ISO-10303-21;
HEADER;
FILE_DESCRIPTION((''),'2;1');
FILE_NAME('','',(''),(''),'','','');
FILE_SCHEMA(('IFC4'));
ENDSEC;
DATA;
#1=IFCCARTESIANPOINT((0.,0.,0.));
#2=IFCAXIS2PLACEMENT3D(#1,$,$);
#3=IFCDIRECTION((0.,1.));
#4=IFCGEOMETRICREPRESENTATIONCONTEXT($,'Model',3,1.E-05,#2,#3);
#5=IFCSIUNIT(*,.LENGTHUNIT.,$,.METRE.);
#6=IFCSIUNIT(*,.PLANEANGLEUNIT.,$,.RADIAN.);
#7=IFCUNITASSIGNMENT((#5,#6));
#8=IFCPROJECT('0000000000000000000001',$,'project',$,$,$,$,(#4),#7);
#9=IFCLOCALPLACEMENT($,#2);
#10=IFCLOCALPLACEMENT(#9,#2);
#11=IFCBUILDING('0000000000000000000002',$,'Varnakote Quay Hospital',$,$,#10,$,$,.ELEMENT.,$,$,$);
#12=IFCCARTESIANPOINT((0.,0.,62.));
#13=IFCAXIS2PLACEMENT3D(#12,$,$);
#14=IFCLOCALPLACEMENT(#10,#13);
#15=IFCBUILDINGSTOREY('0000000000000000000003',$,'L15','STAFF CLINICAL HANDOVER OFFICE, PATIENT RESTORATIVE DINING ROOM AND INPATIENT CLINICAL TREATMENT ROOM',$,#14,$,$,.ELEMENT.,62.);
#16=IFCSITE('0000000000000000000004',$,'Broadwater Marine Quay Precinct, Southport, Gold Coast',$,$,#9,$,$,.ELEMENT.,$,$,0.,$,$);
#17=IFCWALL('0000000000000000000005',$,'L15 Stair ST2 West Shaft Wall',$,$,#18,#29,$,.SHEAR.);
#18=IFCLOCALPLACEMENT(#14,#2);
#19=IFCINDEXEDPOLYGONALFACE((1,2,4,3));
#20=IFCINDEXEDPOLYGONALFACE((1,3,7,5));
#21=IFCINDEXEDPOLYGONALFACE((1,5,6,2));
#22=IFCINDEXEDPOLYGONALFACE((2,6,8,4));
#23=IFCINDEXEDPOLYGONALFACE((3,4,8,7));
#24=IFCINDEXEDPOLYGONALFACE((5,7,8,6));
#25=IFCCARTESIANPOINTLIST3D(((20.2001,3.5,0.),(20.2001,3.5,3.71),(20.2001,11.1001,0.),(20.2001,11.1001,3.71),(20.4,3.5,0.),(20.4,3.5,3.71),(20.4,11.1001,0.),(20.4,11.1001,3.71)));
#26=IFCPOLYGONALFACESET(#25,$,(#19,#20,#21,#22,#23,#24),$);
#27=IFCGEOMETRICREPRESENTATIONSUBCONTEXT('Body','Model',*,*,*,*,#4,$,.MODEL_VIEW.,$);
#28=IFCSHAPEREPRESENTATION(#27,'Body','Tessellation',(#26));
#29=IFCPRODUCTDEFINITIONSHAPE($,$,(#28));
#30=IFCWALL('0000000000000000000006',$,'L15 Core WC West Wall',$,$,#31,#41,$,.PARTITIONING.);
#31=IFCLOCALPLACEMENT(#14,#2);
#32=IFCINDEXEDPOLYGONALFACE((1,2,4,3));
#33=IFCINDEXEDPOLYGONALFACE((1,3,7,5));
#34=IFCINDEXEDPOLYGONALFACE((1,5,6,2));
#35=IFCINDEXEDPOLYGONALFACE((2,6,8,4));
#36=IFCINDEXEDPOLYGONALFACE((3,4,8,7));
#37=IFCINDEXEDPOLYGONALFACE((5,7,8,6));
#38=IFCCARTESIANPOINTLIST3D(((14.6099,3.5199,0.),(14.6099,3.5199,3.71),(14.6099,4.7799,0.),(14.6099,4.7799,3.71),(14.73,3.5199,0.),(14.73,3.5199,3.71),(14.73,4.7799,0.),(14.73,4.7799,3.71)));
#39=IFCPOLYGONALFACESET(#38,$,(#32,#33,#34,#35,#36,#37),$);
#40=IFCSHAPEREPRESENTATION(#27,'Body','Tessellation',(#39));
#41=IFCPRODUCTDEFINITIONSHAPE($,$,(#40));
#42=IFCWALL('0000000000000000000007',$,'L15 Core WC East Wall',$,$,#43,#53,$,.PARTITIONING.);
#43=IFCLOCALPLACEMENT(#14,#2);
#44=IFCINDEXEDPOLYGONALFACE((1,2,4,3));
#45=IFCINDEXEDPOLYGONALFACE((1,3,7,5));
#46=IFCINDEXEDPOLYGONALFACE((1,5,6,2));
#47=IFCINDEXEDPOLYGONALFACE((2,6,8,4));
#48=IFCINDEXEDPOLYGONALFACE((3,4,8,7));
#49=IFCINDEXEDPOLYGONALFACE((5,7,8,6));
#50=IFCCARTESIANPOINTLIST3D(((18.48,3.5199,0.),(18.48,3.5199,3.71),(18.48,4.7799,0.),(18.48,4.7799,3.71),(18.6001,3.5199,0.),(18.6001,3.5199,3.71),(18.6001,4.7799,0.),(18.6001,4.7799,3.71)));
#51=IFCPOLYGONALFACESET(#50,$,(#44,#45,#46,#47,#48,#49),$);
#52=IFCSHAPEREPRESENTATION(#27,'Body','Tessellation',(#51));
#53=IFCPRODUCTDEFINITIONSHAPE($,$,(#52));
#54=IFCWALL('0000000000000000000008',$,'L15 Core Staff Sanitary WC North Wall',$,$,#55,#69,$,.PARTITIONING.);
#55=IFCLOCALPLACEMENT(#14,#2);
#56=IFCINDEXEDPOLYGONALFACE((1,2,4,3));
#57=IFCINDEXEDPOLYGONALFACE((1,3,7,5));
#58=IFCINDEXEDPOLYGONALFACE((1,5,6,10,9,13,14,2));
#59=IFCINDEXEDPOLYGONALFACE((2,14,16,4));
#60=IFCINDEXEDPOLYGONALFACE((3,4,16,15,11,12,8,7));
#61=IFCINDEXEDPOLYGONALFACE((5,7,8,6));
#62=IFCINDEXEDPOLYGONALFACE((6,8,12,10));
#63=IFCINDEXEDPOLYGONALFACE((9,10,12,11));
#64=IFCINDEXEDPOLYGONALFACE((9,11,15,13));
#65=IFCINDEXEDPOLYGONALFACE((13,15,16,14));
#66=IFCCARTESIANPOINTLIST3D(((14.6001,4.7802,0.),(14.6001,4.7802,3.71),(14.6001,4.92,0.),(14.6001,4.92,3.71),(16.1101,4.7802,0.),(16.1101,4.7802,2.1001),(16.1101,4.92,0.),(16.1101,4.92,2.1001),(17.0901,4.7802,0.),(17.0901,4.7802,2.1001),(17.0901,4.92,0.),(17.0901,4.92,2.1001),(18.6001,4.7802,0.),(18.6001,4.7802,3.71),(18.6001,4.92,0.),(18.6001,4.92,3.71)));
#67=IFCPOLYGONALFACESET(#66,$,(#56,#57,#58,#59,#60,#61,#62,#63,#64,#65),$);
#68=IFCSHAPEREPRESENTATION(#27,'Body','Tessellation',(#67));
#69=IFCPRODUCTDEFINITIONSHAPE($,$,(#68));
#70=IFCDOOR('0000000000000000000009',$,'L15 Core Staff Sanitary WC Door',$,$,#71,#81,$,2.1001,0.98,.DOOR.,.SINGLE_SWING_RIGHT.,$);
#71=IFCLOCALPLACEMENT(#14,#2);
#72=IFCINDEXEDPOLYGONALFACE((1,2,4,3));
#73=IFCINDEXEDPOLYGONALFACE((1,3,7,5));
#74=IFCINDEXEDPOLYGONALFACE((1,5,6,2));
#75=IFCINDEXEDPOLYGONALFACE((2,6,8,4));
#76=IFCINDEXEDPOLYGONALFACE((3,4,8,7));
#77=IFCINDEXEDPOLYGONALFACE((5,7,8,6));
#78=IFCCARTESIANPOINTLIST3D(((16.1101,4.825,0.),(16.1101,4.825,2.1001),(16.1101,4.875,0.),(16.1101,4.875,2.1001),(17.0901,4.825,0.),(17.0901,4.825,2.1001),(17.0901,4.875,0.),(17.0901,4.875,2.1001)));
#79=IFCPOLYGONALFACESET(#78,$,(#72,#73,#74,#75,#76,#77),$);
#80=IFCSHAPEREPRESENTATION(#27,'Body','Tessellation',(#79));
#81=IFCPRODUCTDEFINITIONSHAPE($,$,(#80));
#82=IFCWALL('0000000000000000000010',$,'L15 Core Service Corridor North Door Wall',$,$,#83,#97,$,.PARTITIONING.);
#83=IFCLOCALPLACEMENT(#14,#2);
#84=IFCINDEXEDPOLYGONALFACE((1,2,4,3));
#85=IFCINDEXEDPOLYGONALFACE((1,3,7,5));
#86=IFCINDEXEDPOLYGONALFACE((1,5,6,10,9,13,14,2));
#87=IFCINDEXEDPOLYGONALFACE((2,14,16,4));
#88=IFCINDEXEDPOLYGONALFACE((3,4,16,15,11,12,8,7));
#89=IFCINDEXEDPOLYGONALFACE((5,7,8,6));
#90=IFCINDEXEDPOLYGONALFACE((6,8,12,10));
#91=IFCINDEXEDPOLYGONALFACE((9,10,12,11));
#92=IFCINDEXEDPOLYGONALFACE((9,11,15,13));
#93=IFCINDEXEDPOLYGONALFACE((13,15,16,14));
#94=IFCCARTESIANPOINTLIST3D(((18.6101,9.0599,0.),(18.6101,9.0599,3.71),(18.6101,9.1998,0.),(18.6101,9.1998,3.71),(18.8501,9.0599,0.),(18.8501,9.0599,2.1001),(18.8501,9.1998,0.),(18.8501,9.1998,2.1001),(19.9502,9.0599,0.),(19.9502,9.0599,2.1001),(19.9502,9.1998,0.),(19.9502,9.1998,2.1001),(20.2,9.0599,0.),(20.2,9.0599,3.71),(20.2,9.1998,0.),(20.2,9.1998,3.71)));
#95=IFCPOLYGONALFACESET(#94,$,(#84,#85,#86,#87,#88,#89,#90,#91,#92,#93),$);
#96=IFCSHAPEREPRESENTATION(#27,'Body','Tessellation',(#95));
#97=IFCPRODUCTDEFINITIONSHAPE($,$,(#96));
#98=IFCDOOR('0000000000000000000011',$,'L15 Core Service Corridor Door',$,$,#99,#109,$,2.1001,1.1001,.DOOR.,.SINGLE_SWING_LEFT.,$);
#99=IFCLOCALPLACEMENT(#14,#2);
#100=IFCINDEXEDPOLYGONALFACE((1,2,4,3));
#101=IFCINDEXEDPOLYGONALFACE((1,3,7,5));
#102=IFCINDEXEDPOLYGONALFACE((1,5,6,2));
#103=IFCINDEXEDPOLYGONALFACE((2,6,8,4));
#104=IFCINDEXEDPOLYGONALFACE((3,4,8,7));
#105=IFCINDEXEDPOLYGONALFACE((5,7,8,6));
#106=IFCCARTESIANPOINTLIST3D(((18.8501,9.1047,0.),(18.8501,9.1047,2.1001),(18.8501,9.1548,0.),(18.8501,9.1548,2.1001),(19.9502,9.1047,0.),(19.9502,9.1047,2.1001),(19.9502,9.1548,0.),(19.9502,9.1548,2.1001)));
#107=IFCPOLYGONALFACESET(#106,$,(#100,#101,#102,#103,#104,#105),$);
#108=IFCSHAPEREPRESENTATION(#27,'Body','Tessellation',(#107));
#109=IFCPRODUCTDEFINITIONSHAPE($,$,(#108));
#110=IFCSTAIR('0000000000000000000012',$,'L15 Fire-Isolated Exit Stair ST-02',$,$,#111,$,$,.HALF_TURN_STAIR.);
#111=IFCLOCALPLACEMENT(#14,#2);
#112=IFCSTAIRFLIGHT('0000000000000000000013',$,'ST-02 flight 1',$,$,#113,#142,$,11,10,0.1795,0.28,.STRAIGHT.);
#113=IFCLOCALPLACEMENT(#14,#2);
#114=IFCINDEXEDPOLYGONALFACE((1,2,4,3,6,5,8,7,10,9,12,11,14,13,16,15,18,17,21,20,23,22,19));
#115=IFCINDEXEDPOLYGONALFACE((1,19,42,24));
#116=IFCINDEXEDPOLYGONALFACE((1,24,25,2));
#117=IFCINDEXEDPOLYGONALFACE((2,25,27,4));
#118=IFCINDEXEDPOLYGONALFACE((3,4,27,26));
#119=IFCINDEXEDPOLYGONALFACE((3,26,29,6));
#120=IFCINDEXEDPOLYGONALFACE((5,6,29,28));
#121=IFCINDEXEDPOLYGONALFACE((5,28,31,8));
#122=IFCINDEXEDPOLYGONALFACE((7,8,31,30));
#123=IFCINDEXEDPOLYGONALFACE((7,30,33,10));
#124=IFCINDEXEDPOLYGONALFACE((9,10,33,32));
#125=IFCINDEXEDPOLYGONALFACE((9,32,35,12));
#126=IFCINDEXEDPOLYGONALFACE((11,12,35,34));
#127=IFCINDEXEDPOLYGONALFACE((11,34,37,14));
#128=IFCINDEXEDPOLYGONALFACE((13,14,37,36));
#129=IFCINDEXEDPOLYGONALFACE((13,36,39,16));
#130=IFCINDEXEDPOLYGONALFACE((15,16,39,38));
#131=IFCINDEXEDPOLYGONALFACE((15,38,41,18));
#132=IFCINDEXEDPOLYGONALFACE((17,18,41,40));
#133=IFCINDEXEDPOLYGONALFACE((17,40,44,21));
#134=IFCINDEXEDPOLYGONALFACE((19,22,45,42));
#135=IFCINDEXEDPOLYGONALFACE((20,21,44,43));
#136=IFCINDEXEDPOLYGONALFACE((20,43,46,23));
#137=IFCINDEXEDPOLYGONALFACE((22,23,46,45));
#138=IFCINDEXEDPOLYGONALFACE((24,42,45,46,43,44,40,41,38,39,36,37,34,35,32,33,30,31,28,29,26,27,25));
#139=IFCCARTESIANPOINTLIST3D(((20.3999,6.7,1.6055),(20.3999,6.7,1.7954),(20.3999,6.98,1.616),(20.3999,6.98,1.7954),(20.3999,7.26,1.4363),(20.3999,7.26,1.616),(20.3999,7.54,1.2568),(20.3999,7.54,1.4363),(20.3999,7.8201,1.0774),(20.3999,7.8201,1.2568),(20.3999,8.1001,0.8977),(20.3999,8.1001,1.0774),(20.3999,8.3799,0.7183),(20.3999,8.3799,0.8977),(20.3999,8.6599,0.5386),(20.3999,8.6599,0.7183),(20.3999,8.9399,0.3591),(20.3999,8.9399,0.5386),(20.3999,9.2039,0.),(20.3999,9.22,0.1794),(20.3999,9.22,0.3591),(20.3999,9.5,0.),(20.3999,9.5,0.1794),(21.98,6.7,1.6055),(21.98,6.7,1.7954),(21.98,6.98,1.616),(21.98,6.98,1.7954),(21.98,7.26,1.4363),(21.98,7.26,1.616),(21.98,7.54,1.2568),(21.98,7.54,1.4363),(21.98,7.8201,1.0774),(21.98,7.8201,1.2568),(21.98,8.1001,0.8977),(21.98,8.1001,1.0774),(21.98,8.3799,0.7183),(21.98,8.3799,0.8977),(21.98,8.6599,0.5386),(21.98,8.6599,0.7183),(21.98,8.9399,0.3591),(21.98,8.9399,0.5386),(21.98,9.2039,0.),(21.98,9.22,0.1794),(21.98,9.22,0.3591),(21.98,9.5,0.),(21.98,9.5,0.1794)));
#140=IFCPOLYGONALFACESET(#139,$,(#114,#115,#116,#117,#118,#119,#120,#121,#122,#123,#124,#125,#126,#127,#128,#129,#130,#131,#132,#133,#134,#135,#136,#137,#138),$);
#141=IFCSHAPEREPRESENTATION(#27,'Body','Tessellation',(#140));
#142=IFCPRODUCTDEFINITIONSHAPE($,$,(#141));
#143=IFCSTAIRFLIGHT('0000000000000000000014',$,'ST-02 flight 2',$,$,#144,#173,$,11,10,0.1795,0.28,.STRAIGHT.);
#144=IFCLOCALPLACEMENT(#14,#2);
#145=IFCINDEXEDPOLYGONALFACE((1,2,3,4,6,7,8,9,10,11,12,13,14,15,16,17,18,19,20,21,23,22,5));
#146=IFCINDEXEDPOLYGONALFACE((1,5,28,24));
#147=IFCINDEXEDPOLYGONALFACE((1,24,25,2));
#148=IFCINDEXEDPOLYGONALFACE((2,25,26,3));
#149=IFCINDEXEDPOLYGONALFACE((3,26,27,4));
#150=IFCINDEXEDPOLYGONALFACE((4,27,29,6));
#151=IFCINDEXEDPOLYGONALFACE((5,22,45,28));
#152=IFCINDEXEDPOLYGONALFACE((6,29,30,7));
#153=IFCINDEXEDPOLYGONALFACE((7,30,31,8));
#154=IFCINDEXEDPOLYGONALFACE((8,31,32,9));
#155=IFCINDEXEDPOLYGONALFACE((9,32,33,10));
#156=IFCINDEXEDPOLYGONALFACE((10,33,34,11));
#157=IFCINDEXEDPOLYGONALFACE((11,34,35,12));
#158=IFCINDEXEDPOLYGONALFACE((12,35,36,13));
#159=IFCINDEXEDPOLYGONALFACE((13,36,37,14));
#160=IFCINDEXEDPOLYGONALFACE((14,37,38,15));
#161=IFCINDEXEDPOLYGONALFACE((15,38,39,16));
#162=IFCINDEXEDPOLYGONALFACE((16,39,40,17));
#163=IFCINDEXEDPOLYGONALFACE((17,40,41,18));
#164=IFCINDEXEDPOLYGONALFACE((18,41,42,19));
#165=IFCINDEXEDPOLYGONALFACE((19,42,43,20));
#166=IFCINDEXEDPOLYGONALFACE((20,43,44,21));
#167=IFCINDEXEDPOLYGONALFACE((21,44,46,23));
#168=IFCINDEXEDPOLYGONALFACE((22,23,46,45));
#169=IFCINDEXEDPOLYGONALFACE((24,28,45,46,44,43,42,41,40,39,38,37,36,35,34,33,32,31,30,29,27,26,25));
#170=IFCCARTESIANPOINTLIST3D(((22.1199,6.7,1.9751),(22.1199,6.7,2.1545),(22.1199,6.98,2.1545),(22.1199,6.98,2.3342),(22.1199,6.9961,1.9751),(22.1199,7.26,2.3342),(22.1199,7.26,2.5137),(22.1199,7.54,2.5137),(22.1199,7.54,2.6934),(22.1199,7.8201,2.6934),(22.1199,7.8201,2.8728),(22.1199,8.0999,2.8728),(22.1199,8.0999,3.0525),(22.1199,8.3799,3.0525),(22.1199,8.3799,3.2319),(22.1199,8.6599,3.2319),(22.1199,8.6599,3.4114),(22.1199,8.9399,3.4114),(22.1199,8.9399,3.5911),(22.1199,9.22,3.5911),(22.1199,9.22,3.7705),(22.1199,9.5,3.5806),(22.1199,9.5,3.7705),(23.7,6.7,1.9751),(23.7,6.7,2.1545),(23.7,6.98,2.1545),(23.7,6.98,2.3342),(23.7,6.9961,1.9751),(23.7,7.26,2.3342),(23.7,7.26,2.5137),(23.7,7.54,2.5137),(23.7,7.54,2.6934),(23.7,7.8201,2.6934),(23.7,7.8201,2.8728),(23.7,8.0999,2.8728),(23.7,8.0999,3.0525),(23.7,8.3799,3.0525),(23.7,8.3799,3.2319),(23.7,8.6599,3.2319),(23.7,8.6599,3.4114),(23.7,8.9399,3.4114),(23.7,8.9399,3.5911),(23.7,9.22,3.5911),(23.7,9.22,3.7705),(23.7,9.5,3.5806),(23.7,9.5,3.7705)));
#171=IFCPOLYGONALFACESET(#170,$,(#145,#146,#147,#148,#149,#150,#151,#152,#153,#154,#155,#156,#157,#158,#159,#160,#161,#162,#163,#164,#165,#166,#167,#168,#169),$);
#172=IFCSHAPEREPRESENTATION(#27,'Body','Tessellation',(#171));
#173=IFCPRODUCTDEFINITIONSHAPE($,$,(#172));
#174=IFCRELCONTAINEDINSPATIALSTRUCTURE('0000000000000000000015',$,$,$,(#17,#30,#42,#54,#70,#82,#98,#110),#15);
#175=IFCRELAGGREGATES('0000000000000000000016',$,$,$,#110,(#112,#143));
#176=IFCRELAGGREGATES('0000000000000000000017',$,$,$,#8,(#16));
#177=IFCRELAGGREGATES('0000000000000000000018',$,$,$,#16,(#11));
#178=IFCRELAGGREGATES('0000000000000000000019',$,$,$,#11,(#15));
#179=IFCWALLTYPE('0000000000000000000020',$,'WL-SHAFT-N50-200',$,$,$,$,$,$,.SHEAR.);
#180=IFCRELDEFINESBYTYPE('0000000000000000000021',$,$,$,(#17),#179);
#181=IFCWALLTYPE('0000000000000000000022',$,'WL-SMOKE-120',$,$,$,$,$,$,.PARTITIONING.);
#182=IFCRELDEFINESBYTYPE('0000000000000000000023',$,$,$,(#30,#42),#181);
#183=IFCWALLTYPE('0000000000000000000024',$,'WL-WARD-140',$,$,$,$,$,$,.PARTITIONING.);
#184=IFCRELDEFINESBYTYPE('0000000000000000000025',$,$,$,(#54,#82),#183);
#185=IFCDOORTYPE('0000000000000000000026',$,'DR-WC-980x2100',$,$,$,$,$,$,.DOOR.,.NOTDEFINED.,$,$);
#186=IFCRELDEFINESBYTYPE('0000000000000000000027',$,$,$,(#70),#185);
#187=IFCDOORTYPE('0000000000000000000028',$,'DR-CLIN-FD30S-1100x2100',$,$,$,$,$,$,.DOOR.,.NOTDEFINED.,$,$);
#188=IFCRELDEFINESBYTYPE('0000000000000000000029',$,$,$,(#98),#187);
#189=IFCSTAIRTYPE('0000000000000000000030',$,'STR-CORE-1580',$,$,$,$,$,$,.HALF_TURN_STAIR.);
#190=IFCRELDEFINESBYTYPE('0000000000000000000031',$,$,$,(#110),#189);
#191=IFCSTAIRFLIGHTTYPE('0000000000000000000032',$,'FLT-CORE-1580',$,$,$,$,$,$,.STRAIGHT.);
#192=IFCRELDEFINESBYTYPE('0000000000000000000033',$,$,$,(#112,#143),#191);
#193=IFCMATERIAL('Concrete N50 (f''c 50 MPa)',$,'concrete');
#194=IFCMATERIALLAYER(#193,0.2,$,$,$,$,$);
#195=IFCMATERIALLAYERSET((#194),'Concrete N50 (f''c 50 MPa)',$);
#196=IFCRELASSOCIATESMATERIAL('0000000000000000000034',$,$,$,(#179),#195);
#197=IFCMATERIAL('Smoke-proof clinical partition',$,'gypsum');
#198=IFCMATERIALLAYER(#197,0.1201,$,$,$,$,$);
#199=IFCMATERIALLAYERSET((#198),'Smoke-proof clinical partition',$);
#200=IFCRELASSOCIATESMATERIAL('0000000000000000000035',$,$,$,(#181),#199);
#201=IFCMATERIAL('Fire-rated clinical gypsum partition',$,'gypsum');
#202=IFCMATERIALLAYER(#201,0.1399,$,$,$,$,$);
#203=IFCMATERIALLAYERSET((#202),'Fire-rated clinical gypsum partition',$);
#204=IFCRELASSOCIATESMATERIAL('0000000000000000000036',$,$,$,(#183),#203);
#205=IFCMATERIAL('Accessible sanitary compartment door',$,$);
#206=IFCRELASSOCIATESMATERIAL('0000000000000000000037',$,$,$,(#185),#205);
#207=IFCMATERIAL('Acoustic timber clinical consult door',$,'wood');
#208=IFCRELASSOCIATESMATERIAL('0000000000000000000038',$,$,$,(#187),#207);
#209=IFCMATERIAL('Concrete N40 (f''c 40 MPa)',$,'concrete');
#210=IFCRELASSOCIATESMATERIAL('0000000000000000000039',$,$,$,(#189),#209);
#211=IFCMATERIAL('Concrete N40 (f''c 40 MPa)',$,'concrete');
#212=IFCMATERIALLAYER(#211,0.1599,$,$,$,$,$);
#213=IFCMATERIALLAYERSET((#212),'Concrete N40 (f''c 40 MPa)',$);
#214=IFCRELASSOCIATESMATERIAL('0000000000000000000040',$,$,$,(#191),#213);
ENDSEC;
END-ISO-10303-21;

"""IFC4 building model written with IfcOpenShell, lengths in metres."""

from ifc_helpers import new_model, si_unit, direction, frame, frame_2d, origin, place, context, subcontext, project, spatial, polyline, rectangle, outline, extrude, material, layer, layer_set, type_object, element, fill, aggregate, save


model = new_model("IFC4")

# Units and contexts
model_context = context("Model", 3, precision=1e-05, world=origin(), true_north=direction((0.0, 1.0)))
body_context = subcontext(model_context, "Body", "Model", "MODEL_VIEW")
ifc_project = project(units=[si_unit("LENGTHUNIT", "METRE"), si_unit("PLANEANGLEUNIT", "RADIAN")], contexts=[model_context])

# Site, building, storey
site_placement = place(None, origin())
site = spatial("IfcSite", under=ifc_project, at=site_placement, Name="Broadwater Marine Quay Precinct, Southport, Gold Coast", CompositionType="ELEMENT", RefElevation=0.0)
building_placement = place(site_placement, origin())
building = spatial("IfcBuilding", under=site, at=building_placement, Name="Varnakote Quay Hospital", CompositionType="ELEMENT")
storey_placement = place(building_placement, frame((0.0, 0.0, 62.0)))
storey = spatial("IfcBuildingStorey", under=building, at=storey_placement, Name="L15", Description="STAFF CLINICAL HANDOVER OFFICE, PATIENT RESTORATIVE DINING ROOM AND INPATIENT CLINICAL TREATMENT ROOM", CompositionType="ELEMENT", Elevation=62.0)

# Wall
ifc_material_1 = material(Name="Concrete N50 (f'c 50 MPa)", Category="concrete")
ifc_layer_1 = layer(ifc_material_1, 0.2)
ifc_layer_set_1 = layer_set([ifc_layer_1], Name="Concrete N50 (f'c 50 MPa)")
wall_type_1 = type_object("IfcWallType", Name="WL-SHAFT-N50-200", PredefinedType="SHEAR", material=ifc_layer_set_1)
wall_1_placement = place(storey_placement, frame((20.3, 3.5, 0.0), z_axis=(0.0, 0.0, 1.0), x_axis=(0.0, 1.0, 0.0)))
element("IfcWall", 1, at=wall_1_placement, inside=storey, type_object=wall_type_1, Name="L15 Stair ST2 West Shaft Wall", PredefinedType="SHEAR", context=body_context, shape_type="SweptSolid", body=[
    extrude(rectangle(XDim=7.6001, YDim=0.2, at=frame_2d((3.8, 0.0))), origin(), (0.0, 0.0, 1.0), 3.71),
])

# Walls
ifc_material_2 = material(Name="Smoke-proof clinical partition", Category="gypsum")
ifc_layer_2 = layer(ifc_material_2, 0.1201)
ifc_layer_set_2 = layer_set([ifc_layer_2], Name="Smoke-proof clinical partition")
wall_type_2 = type_object("IfcWallType", Name="WL-SMOKE-120", PredefinedType="PARTITIONING", material=ifc_layer_set_2)
for number, where, z_axis, x_axis, name in (
    (2, (14.6699, 3.52, 0.0), (0.0, 0.0, 1.0), (0.0, 1.0, 0.0), "L15 Core WC West Wall"),
    (3, (18.54, 3.52, 0.0), (0.0, 0.0, 1.0), (0.0, 1.0, 0.0), "L15 Core WC East Wall"),
):
    element("IfcWall", number, at=place(storey_placement, frame(where, z_axis=z_axis, x_axis=x_axis)), inside=storey, type_object=wall_type_2, Name=name, PredefinedType="PARTITIONING", context=body_context, shape_type="SweptSolid", body=[
        extrude(rectangle(XDim=1.26, YDim=0.1201, at=frame_2d((0.6299, 0.0))), origin(), (0.0, 0.0, 1.0), 3.71),
    ])

# Walls, openings, doors
ifc_material_3 = material(Name="Fire-rated clinical gypsum partition", Category="gypsum")
ifc_layer_3 = layer(ifc_material_3, 0.1399)
ifc_layer_set_3 = layer_set([ifc_layer_3], Name="Fire-rated clinical gypsum partition")
wall_type_3 = type_object("IfcWallType", Name="WL-WARD-140", PredefinedType="PARTITIONING", material=ifc_layer_set_3)
wall_2_placement = place(storey_placement, frame((14.6001, 4.8501, 0.0), z_axis=(0.0, 0.0, 1.0), x_axis=(1.0, 0.0, 0.0)))
wall_2 = element("IfcWall", 4, at=wall_2_placement, inside=storey, type_object=wall_type_3, Name="L15 Core Staff Sanitary WC North Wall", PredefinedType="PARTITIONING", context=body_context, shape_type="SweptSolid", body=[
    extrude(rectangle(XDim=4.0, YDim=0.1399, at=frame_2d((2.0, 0.0))), origin(), (0.0, 0.0, 1.0), 3.71),
])
opening_1_placement = place(wall_2_placement, frame((1.51, 0.0, 0.0)))
opening_1 = element("IfcOpeningElement", 5, at=opening_1_placement, cuts=wall_2, PredefinedType="OPENING", context=body_context, shape_type="SweptSolid", body=[
    extrude(rectangle(XDim=0.98, YDim=2.1001, at=frame_2d((0.49, 1.05))), frame((0.0, 0.0798, 0.0), z_axis=(0.0, -1.0, 0.0), x_axis=(1.0, 0.0, 0.0)), (0.0, 0.0, 1.0), 0.1599),
])
ifc_material_4 = material(Name="Accessible sanitary compartment door")
door_type_1 = type_object("IfcDoorType", Name="DR-WC-980x2100", OperationType="NOTDEFINED", PredefinedType="DOOR", material=ifc_material_4)
door_1_placement = place(opening_1_placement, origin())
door_1 = element("IfcDoor", 6, at=door_1_placement, inside=storey, type_object=door_type_1, Name="L15 Core Staff Sanitary WC Door", OperationType="SINGLE_SWING_RIGHT", OverallHeight=2.1001, OverallWidth=0.98, PredefinedType="DOOR", context=body_context, shape_type="SweptSolid", body=[
    extrude(rectangle(XDim=0.98, YDim=2.1001, at=frame_2d((0.49, 1.05))), frame((0.0, 0.0249, 0.0), z_axis=(0.0, -1.0, 0.0), x_axis=(1.0, 0.0, 0.0)), (0.0, 0.0, 1.0), 0.05),
])
fill(opening_1, door_1)
wall_3_placement = place(storey_placement, frame((18.6101, 9.1299, 0.0), z_axis=(0.0, 0.0, 1.0), x_axis=(1.0, 0.0, 0.0)))
wall_3 = element("IfcWall", 7, at=wall_3_placement, inside=storey, type_object=wall_type_3, Name="L15 Core Service Corridor North Door Wall", PredefinedType="PARTITIONING", context=body_context, shape_type="SweptSolid", body=[
    extrude(rectangle(XDim=1.5898, YDim=0.1399, at=frame_2d((0.7949, 0.0))), origin(), (0.0, 0.0, 1.0), 3.71),
])
opening_2_placement = place(wall_3_placement, frame((0.24, 0.0, 0.0)))
opening_2 = element("IfcOpeningElement", 8, at=opening_2_placement, cuts=wall_3, PredefinedType="OPENING", context=body_context, shape_type="SweptSolid", body=[
    extrude(rectangle(XDim=1.1001, YDim=2.1001, at=frame_2d((0.55, 1.05))), frame((0.0, 0.0798, 0.0), z_axis=(0.0, -1.0, 0.0), x_axis=(1.0, 0.0, 0.0)), (0.0, 0.0, 1.0), 0.1599),
])
ifc_material_5 = material(Name="Acoustic timber clinical consult door", Category="wood")
door_type_2 = type_object("IfcDoorType", Name="DR-CLIN-FD30S-1100x2100", OperationType="NOTDEFINED", PredefinedType="DOOR", material=ifc_material_5)
door_2_placement = place(opening_2_placement, origin())
door_2 = element("IfcDoor", 9, at=door_2_placement, inside=storey, type_object=door_type_2, Name="L15 Core Service Corridor Door", OperationType="SINGLE_SWING_LEFT", OverallHeight=2.1001, OverallWidth=1.1001, PredefinedType="DOOR", context=body_context, shape_type="SweptSolid", body=[
    extrude(rectangle(XDim=1.1001, YDim=2.1001, at=frame_2d((0.55, 1.05))), frame((0.0, 0.0249, 0.0), z_axis=(0.0, -1.0, 0.0), x_axis=(1.0, 0.0, 0.0)), (0.0, 0.0, 1.0), 0.05),
])
fill(opening_2, door_2)

# Stair, stair flights
ifc_material_6 = material(Name="Concrete N40 (f'c 40 MPa)", Category="concrete")
stair_type = type_object("IfcStairType", Name="STR-CORE-1580", PredefinedType="HALF_TURN_STAIR", material=ifc_material_6)
stair_placement = place(storey_placement, origin())
stair = element("IfcStair", 10, at=stair_placement, inside=storey, type_object=stair_type, Name="L15 Fire-Isolated Exit Stair ST-02", PredefinedType="HALF_TURN_STAIR")
ifc_material_7 = material(Name="Concrete N40 (f'c 40 MPa)", Category="concrete")
ifc_layer_4 = layer(ifc_material_7, 0.1599)
ifc_layer_set_4 = layer_set([ifc_layer_4], Name="Concrete N40 (f'c 40 MPa)")
stair_flight_type = type_object("IfcStairFlightType", Name="FLT-CORE-1580", PredefinedType="STRAIGHT", material=ifc_layer_set_4)
stair_flight_1_placement = place(storey_placement, frame((21.1899, 9.5, 0.0), z_axis=(0.0, 0.0, 1.0), x_axis=(0.0, -1.0, 0.0)))
stair_flight_1 = element("IfcStairFlight", 11, at=stair_flight_1_placement, type_object=stair_flight_type, Name="ST-02 flight 1", NumberOfRisers=11, NumberOfTreads=10, PredefinedType="STRAIGHT", RiserHeight=0.1795, TreadLength=0.28, context=body_context, shape_type="SweptSolid", body=[
    extrude(outline(polyline([(0.0, 0.0), (0.0, 0.1794), (0.28, 0.1794), (0.28, 0.3591), (0.5601, 0.3591), (0.5601, 0.5386), (0.8401, 0.5386), (0.8401, 0.7183), (1.1201, 0.7183), (1.1201, 0.8977), (1.3999, 0.8977), (1.3999, 1.0774), (1.6799, 1.0774), (1.6799, 1.2568), (1.96, 1.2568), (1.96, 1.4363), (2.24, 1.4363), (2.24, 1.616), (2.52, 1.616), (2.52, 1.7954), (2.8, 1.7954), (2.8, 1.9751), (2.8, 1.6055), (0.2961, 0.0), (0.0, 0.0)])), frame((0.0, 0.79, 0.0), z_axis=(0.0, -1.0, 0.0), x_axis=(1.0, 0.0, 0.0)), (0.0, 0.0, 1.0), 1.5801),
])
stair_flight_2_placement = place(storey_placement, frame((22.9099, 6.7, 1.9751), z_axis=(0.0, 0.0, 1.0), x_axis=(0.0, 1.0, 0.0)))
stair_flight_2 = element("IfcStairFlight", 12, at=stair_flight_2_placement, type_object=stair_flight_type, Name="ST-02 flight 2", NumberOfRisers=11, NumberOfTreads=10, PredefinedType="STRAIGHT", RiserHeight=0.1795, TreadLength=0.28, context=body_context, shape_type="SweptSolid", body=[
    extrude(outline(polyline([(0.0, 0.0), (0.0, 0.1794), (0.28, 0.1794), (0.28, 0.3591), (0.5601, 0.3591), (0.5601, 0.5386), (0.8401, 0.5386), (0.8401, 0.7183), (1.1201, 0.7183), (1.1201, 0.8977), (1.3999, 0.8977), (1.3999, 1.0774), (1.6799, 1.0774), (1.6799, 1.2568), (1.96, 1.2568), (1.96, 1.4363), (2.24, 1.4363), (2.24, 1.616), (2.52, 1.616), (2.52, 1.7954), (2.8, 1.7954), (2.8, 1.9751), (2.8, 1.6055), (0.2961, 0.0), (0.0, 0.0)])), frame((0.0, 0.79, 0.0), z_axis=(0.0, -1.0, 0.0), x_axis=(1.0, 0.0, 0.0)), (0.0, 0.0, 1.0), 1.5801),
])
aggregate(stair, [stair_flight_1, stair_flight_2])

save(model, "model.ifc")
